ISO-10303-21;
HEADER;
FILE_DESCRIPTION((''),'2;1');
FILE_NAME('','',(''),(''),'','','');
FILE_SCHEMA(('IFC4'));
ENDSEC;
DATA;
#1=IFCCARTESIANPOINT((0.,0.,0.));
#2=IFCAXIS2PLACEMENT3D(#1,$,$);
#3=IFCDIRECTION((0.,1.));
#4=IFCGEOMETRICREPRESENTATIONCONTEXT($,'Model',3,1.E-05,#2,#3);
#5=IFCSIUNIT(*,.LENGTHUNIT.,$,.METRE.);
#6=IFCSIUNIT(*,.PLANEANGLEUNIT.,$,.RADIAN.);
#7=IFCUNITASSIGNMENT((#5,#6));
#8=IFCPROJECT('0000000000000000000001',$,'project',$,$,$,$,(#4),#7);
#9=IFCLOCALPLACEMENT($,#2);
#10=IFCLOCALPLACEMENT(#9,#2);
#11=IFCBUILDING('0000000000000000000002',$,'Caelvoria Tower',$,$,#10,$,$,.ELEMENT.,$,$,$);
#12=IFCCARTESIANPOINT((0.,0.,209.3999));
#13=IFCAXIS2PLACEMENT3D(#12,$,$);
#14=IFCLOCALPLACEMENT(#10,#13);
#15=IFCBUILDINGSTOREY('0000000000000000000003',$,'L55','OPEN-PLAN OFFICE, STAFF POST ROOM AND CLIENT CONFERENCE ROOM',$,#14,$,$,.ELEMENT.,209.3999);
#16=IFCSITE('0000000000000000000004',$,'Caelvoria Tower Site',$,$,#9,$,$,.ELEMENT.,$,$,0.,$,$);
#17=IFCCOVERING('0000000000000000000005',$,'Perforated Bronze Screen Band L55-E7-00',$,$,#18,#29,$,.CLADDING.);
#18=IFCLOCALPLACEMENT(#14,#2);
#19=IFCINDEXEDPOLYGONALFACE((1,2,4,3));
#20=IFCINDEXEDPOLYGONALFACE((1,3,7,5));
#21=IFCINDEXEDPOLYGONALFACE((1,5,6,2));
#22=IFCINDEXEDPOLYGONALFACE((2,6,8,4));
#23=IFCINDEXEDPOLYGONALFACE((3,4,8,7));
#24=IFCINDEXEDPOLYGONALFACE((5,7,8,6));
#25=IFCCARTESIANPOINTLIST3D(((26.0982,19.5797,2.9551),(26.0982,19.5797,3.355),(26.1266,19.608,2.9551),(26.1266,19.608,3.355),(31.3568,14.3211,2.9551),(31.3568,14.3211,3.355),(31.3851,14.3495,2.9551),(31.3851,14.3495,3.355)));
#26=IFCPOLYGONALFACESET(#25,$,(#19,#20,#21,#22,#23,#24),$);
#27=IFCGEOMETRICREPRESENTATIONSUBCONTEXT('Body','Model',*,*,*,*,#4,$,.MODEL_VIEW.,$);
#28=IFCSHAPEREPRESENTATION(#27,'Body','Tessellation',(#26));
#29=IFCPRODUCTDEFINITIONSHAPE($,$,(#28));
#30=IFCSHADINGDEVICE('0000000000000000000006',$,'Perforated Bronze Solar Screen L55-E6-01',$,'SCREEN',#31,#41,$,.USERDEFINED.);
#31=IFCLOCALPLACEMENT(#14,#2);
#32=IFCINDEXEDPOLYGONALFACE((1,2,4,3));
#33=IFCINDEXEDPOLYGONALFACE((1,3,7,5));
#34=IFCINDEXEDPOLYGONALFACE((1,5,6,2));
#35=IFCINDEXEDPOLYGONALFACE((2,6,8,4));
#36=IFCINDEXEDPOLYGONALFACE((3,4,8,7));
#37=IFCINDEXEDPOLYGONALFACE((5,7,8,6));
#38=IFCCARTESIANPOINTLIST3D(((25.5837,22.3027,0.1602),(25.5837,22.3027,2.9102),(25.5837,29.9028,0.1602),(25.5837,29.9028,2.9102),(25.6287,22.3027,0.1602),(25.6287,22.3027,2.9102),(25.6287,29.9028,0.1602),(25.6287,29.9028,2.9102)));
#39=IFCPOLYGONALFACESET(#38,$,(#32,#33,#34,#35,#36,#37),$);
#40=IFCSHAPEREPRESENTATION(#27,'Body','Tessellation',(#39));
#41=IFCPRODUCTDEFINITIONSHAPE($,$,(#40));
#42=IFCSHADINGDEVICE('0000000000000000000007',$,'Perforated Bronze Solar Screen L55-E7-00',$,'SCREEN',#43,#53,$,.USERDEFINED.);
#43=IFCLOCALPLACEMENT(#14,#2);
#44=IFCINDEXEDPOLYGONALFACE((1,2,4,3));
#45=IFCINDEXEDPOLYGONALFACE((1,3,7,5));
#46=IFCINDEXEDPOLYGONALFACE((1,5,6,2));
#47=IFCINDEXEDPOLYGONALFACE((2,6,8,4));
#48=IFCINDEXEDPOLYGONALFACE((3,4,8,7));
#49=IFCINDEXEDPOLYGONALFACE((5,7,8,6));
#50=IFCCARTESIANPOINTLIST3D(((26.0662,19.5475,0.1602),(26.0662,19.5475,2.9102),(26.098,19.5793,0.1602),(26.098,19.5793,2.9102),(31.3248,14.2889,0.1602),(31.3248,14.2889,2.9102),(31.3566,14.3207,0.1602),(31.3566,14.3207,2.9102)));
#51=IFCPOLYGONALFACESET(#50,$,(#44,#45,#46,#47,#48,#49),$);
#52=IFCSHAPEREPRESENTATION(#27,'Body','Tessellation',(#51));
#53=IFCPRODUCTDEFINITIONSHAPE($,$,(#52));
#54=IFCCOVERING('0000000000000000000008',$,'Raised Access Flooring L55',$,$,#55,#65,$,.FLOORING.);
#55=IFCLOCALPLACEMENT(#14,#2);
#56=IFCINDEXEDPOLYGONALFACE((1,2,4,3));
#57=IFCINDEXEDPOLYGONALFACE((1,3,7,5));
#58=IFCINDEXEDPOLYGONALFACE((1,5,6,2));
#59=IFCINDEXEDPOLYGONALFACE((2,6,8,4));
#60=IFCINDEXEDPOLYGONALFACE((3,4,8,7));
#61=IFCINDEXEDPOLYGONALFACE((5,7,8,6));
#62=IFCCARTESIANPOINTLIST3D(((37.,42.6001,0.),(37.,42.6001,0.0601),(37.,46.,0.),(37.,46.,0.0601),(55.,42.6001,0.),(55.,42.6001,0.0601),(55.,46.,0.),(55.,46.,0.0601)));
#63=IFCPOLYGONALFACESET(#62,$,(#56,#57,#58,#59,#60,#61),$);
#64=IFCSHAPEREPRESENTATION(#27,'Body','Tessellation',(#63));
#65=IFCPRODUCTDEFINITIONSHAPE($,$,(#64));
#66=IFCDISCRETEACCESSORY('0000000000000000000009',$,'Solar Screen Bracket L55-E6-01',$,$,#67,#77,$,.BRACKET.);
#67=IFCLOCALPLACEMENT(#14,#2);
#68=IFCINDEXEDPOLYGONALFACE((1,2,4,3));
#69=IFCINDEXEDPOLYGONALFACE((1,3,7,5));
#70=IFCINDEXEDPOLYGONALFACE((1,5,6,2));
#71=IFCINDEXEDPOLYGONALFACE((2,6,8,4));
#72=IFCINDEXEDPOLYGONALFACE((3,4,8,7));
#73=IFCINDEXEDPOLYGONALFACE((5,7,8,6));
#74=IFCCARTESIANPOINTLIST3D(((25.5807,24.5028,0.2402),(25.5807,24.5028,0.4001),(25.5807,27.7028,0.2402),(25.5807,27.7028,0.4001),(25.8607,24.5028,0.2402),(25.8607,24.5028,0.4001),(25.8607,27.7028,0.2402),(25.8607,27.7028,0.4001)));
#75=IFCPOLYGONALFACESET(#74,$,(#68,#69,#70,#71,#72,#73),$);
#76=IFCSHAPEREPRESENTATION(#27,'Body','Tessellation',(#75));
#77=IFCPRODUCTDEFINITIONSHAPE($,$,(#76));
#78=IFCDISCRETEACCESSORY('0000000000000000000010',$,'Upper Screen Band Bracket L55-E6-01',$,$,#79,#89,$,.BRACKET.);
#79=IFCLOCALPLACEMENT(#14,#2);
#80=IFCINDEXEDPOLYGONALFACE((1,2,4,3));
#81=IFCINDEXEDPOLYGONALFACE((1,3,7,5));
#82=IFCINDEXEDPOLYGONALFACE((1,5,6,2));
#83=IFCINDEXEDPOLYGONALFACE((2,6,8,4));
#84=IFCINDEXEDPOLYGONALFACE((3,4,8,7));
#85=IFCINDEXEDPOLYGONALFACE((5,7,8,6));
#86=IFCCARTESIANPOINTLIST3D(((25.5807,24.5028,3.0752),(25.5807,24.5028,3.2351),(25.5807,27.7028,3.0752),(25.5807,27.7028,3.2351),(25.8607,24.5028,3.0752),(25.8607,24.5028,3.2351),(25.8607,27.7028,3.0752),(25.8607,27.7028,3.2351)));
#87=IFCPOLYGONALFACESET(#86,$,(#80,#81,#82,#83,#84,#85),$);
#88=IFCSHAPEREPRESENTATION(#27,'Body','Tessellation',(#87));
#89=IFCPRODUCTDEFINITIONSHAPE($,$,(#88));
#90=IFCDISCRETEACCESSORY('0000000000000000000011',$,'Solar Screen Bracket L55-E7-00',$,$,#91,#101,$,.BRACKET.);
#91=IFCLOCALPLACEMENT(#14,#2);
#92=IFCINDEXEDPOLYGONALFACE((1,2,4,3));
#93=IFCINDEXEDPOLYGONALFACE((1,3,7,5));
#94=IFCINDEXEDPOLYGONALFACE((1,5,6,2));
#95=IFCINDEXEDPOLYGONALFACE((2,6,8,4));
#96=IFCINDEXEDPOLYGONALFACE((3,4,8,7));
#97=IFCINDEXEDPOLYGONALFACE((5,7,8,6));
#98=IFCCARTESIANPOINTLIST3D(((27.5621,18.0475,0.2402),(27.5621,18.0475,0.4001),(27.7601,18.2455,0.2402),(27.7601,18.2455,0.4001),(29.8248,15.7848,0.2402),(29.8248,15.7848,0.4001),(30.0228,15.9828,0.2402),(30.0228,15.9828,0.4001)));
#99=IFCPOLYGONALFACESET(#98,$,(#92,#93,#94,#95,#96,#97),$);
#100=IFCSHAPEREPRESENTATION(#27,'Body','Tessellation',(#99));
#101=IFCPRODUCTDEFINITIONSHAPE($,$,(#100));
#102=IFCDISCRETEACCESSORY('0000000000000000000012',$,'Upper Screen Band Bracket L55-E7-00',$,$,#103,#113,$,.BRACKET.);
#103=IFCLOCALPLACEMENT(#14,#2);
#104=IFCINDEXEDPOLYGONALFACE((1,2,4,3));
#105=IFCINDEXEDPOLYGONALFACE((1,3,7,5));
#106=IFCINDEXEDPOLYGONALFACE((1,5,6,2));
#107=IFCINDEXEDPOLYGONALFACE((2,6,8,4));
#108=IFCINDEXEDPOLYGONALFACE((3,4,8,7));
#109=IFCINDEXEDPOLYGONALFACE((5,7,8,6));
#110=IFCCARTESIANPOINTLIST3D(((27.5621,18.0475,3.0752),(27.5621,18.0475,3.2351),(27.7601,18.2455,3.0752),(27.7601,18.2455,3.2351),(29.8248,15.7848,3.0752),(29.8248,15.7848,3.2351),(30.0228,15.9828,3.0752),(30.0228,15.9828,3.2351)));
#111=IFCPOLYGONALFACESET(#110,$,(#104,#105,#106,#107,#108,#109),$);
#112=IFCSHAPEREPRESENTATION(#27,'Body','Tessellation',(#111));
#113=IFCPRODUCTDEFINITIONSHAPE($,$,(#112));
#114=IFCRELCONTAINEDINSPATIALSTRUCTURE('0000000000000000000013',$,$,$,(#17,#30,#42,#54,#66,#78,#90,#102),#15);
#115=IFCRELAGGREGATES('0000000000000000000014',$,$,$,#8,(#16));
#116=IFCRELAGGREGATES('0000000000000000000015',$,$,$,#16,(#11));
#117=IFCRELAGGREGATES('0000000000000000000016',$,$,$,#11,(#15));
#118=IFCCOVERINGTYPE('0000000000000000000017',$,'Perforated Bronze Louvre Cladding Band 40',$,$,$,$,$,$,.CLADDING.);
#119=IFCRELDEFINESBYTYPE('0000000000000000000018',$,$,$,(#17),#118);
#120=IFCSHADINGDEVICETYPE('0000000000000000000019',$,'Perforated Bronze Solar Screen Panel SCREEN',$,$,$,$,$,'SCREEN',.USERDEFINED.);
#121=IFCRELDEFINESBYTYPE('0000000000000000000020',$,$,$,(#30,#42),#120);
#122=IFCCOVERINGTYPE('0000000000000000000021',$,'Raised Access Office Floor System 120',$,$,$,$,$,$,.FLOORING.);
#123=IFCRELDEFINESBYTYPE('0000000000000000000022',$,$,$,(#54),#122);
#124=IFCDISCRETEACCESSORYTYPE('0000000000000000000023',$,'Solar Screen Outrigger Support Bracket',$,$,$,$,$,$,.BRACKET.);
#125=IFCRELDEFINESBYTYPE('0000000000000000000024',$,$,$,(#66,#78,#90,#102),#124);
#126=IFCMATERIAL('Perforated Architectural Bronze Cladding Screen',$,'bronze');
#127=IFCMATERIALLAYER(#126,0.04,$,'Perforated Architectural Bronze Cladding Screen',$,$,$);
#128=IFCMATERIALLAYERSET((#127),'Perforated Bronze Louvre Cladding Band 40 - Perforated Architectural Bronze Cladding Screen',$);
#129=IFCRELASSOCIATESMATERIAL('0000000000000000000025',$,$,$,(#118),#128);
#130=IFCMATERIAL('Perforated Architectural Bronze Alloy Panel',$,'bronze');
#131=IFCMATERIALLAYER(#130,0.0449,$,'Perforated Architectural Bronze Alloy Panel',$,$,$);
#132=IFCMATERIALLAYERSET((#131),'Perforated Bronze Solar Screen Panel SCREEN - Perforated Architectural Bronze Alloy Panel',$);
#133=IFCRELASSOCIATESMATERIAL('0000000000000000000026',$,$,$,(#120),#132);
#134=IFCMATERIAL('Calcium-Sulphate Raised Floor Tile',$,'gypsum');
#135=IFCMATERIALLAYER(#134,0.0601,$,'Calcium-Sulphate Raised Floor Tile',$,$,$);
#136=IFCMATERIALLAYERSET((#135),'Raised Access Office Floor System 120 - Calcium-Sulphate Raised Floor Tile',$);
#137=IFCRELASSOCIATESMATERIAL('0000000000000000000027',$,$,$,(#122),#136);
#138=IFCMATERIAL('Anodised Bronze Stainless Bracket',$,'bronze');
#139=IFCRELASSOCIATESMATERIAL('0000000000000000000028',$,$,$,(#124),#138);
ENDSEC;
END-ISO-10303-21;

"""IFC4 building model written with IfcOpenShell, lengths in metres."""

from ifc_helpers import new_model, si_unit, direction, frame, origin, origin_2d, place, context, subcontext, project, spatial, polyline, rectangle, outline, extrude, material, layer, layer_set, type_object, element, save


model = new_model("IFC4")

# Units and contexts
model_context = context("Model", 3, precision=1e-05, world=origin(), true_north=direction((0.0, 1.0)))
body_context = subcontext(model_context, "Body", "Model", "MODEL_VIEW")
ifc_project = project(units=[si_unit("LENGTHUNIT", "METRE"), si_unit("PLANEANGLEUNIT", "RADIAN")], contexts=[model_context])

# Site, building, storey
site_placement = place(None, origin())
site = spatial("IfcSite", under=ifc_project, at=site_placement, Name="Caelvoria Tower Site", CompositionType="ELEMENT", RefElevation=0.0)
building_placement = place(site_placement, origin())
building = spatial("IfcBuilding", under=site, at=building_placement, Name="Caelvoria Tower", CompositionType="ELEMENT")
storey_placement = place(building_placement, frame((0.0, 0.0, 209.3999)))
storey = spatial("IfcBuildingStorey", under=building, at=storey_placement, Name="L55", Description="OPEN-PLAN OFFICE, STAFF POST ROOM AND CLIENT CONFERENCE ROOM", CompositionType="ELEMENT", Elevation=209.3999)

# Covering
ifc_material_1 = material(Name="Perforated Architectural Bronze Cladding Screen", Category="bronze")
ifc_layer_1 = layer(ifc_material_1, 0.04, Name="Perforated Architectural Bronze Cladding Screen")
ifc_layer_set_1 = layer_set([ifc_layer_1], Name="Perforated Bronze Louvre Cladding Band 40 - Perforated Architectural Bronze Cladding Screen")
covering_type_1 = type_object("IfcCoveringType", Name="Perforated Bronze Louvre Cladding Band 40", PredefinedType="CLADDING", material=ifc_layer_set_1)
covering_1_placement = place(storey_placement, frame((28.7417, 16.9646, 2.9551), z_axis=(0.0, 0.0, 1.0), x_axis=(0.707107, -0.707107, 0.0)))
element("IfcCovering", 1, at=covering_1_placement, inside=storey, type_object=covering_type_1, Name="Perforated Bronze Screen Band L55-E7-00", PredefinedType="CLADDING", context=body_context, shape_type="SweptSolid", body=[
    extrude(rectangle(XDim=7.4368, YDim=0.04, at=origin_2d()), origin(), (0.0, 0.0, 1.0), 0.3999),
])

# Shading devices
ifc_material_2 = material(Name="Perforated Architectural Bronze Alloy Panel", Category="bronze")
ifc_layer_2 = layer(ifc_material_2, 0.0449, Name="Perforated Architectural Bronze Alloy Panel")
ifc_layer_set_2 = layer_set([ifc_layer_2], Name="Perforated Bronze Solar Screen Panel SCREEN - Perforated Architectural Bronze Alloy Panel")
shading_device_type = type_object("IfcShadingDeviceType", Name="Perforated Bronze Solar Screen Panel SCREEN", ElementType="SCREEN", PredefinedType="USERDEFINED", material=ifc_layer_set_2)
shading_device_1_placement = place(storey_placement, frame((25.6062, 26.1028, 0.1602), z_axis=(0.0, 0.0, 1.0), x_axis=(0.0, -1.0, 0.0)))
element("IfcShadingDevice", 2, at=shading_device_1_placement, inside=storey, type_object=shading_device_type, Name="Perforated Bronze Solar Screen L55-E6-01", ObjectType="SCREEN", PredefinedType="USERDEFINED", context=body_context, shape_type="SweptSolid", body=[
    extrude(rectangle(XDim=7.6001, YDim=0.0449, at=origin_2d()), origin(), (0.0, 0.0, 1.0), 2.75),
])
shading_device_2_placement = place(storey_placement, frame((28.7114, 16.9341, 0.1602), z_axis=(0.0, 0.0, 1.0), x_axis=(0.707107, -0.707107, 0.0)))
element("IfcShadingDevice", 3, at=shading_device_2_placement, inside=storey, type_object=shading_device_type, Name="Perforated Bronze Solar Screen L55-E7-00", ObjectType="SCREEN", PredefinedType="USERDEFINED", context=body_context, shape_type="SweptSolid", body=[
    extrude(rectangle(XDim=7.4368, YDim=0.0449, at=origin_2d()), origin(), (0.0, 0.0, 1.0), 2.75),
])

# Covering
ifc_material_3 = material(Name="Calcium-Sulphate Raised Floor Tile", Category="gypsum")
ifc_layer_3 = layer(ifc_material_3, 0.0601, Name="Calcium-Sulphate Raised Floor Tile")
ifc_layer_set_3 = layer_set([ifc_layer_3], Name="Raised Access Office Floor System 120 - Calcium-Sulphate Raised Floor Tile")
covering_type_2 = type_object("IfcCoveringType", Name="Raised Access Office Floor System 120", PredefinedType="FLOORING", material=ifc_layer_set_3)
covering_2_placement = place(storey_placement, origin())
element("IfcCovering", 4, at=covering_2_placement, inside=storey, type_object=covering_type_2, Name="Raised Access Flooring L55", PredefinedType="FLOORING", context=body_context, shape_type="SweptSolid", body=[
    extrude(outline(polyline([(37.0, 42.6001), (55.0, 42.6001), (55.0, 46.0), (37.0, 46.0), (37.0, 42.6001)])), origin(), (0.0, 0.0, 1.0), 0.0601),
])

# Discrete accessories
ifc_material_4 = material(Name="Anodised Bronze Stainless Bracket", Category="bronze")
discrete_accessory_type = type_object("IfcDiscreteAccessoryType", Name="Solar Screen Outrigger Support Bracket", PredefinedType="BRACKET", material=ifc_material_4)
for number, where, z_axis, x_axis, name in (
    (5, (25.7207, 26.1028, 0.2402), (0.0, 0.0, 1.0), (0.0, -1.0, 0.0), "Solar Screen Bracket L55-E6-01"),
    (6, (25.7207, 26.1028, 3.0752), (0.0, 0.0, 1.0), (0.0, -1.0, 0.0), "Upper Screen Band Bracket L55-E6-01"),
    (7, (28.7925, 17.0151, 0.2402), (0.0, 0.0, 1.0), (0.707107, -0.707107, 0.0), "Solar Screen Bracket L55-E7-00"),
    (8, (28.7925, 17.0151, 3.0752), (0.0, 0.0, 1.0), (0.707107, -0.707107, 0.0), "Upper Screen Band Bracket L55-E7-00"),
):
    element("IfcDiscreteAccessory", number, at=place(storey_placement, frame(where, z_axis=z_axis, x_axis=x_axis)), inside=storey, type_object=discrete_accessory_type, Name=name, PredefinedType="BRACKET", context=body_context, shape_type="SweptSolid", body=[
        extrude(rectangle(XDim=3.2, YDim=0.28, at=origin_2d()), origin(), (0.0, 0.0, 1.0), 0.1599),
    ])

save(model, "model.ifc")
